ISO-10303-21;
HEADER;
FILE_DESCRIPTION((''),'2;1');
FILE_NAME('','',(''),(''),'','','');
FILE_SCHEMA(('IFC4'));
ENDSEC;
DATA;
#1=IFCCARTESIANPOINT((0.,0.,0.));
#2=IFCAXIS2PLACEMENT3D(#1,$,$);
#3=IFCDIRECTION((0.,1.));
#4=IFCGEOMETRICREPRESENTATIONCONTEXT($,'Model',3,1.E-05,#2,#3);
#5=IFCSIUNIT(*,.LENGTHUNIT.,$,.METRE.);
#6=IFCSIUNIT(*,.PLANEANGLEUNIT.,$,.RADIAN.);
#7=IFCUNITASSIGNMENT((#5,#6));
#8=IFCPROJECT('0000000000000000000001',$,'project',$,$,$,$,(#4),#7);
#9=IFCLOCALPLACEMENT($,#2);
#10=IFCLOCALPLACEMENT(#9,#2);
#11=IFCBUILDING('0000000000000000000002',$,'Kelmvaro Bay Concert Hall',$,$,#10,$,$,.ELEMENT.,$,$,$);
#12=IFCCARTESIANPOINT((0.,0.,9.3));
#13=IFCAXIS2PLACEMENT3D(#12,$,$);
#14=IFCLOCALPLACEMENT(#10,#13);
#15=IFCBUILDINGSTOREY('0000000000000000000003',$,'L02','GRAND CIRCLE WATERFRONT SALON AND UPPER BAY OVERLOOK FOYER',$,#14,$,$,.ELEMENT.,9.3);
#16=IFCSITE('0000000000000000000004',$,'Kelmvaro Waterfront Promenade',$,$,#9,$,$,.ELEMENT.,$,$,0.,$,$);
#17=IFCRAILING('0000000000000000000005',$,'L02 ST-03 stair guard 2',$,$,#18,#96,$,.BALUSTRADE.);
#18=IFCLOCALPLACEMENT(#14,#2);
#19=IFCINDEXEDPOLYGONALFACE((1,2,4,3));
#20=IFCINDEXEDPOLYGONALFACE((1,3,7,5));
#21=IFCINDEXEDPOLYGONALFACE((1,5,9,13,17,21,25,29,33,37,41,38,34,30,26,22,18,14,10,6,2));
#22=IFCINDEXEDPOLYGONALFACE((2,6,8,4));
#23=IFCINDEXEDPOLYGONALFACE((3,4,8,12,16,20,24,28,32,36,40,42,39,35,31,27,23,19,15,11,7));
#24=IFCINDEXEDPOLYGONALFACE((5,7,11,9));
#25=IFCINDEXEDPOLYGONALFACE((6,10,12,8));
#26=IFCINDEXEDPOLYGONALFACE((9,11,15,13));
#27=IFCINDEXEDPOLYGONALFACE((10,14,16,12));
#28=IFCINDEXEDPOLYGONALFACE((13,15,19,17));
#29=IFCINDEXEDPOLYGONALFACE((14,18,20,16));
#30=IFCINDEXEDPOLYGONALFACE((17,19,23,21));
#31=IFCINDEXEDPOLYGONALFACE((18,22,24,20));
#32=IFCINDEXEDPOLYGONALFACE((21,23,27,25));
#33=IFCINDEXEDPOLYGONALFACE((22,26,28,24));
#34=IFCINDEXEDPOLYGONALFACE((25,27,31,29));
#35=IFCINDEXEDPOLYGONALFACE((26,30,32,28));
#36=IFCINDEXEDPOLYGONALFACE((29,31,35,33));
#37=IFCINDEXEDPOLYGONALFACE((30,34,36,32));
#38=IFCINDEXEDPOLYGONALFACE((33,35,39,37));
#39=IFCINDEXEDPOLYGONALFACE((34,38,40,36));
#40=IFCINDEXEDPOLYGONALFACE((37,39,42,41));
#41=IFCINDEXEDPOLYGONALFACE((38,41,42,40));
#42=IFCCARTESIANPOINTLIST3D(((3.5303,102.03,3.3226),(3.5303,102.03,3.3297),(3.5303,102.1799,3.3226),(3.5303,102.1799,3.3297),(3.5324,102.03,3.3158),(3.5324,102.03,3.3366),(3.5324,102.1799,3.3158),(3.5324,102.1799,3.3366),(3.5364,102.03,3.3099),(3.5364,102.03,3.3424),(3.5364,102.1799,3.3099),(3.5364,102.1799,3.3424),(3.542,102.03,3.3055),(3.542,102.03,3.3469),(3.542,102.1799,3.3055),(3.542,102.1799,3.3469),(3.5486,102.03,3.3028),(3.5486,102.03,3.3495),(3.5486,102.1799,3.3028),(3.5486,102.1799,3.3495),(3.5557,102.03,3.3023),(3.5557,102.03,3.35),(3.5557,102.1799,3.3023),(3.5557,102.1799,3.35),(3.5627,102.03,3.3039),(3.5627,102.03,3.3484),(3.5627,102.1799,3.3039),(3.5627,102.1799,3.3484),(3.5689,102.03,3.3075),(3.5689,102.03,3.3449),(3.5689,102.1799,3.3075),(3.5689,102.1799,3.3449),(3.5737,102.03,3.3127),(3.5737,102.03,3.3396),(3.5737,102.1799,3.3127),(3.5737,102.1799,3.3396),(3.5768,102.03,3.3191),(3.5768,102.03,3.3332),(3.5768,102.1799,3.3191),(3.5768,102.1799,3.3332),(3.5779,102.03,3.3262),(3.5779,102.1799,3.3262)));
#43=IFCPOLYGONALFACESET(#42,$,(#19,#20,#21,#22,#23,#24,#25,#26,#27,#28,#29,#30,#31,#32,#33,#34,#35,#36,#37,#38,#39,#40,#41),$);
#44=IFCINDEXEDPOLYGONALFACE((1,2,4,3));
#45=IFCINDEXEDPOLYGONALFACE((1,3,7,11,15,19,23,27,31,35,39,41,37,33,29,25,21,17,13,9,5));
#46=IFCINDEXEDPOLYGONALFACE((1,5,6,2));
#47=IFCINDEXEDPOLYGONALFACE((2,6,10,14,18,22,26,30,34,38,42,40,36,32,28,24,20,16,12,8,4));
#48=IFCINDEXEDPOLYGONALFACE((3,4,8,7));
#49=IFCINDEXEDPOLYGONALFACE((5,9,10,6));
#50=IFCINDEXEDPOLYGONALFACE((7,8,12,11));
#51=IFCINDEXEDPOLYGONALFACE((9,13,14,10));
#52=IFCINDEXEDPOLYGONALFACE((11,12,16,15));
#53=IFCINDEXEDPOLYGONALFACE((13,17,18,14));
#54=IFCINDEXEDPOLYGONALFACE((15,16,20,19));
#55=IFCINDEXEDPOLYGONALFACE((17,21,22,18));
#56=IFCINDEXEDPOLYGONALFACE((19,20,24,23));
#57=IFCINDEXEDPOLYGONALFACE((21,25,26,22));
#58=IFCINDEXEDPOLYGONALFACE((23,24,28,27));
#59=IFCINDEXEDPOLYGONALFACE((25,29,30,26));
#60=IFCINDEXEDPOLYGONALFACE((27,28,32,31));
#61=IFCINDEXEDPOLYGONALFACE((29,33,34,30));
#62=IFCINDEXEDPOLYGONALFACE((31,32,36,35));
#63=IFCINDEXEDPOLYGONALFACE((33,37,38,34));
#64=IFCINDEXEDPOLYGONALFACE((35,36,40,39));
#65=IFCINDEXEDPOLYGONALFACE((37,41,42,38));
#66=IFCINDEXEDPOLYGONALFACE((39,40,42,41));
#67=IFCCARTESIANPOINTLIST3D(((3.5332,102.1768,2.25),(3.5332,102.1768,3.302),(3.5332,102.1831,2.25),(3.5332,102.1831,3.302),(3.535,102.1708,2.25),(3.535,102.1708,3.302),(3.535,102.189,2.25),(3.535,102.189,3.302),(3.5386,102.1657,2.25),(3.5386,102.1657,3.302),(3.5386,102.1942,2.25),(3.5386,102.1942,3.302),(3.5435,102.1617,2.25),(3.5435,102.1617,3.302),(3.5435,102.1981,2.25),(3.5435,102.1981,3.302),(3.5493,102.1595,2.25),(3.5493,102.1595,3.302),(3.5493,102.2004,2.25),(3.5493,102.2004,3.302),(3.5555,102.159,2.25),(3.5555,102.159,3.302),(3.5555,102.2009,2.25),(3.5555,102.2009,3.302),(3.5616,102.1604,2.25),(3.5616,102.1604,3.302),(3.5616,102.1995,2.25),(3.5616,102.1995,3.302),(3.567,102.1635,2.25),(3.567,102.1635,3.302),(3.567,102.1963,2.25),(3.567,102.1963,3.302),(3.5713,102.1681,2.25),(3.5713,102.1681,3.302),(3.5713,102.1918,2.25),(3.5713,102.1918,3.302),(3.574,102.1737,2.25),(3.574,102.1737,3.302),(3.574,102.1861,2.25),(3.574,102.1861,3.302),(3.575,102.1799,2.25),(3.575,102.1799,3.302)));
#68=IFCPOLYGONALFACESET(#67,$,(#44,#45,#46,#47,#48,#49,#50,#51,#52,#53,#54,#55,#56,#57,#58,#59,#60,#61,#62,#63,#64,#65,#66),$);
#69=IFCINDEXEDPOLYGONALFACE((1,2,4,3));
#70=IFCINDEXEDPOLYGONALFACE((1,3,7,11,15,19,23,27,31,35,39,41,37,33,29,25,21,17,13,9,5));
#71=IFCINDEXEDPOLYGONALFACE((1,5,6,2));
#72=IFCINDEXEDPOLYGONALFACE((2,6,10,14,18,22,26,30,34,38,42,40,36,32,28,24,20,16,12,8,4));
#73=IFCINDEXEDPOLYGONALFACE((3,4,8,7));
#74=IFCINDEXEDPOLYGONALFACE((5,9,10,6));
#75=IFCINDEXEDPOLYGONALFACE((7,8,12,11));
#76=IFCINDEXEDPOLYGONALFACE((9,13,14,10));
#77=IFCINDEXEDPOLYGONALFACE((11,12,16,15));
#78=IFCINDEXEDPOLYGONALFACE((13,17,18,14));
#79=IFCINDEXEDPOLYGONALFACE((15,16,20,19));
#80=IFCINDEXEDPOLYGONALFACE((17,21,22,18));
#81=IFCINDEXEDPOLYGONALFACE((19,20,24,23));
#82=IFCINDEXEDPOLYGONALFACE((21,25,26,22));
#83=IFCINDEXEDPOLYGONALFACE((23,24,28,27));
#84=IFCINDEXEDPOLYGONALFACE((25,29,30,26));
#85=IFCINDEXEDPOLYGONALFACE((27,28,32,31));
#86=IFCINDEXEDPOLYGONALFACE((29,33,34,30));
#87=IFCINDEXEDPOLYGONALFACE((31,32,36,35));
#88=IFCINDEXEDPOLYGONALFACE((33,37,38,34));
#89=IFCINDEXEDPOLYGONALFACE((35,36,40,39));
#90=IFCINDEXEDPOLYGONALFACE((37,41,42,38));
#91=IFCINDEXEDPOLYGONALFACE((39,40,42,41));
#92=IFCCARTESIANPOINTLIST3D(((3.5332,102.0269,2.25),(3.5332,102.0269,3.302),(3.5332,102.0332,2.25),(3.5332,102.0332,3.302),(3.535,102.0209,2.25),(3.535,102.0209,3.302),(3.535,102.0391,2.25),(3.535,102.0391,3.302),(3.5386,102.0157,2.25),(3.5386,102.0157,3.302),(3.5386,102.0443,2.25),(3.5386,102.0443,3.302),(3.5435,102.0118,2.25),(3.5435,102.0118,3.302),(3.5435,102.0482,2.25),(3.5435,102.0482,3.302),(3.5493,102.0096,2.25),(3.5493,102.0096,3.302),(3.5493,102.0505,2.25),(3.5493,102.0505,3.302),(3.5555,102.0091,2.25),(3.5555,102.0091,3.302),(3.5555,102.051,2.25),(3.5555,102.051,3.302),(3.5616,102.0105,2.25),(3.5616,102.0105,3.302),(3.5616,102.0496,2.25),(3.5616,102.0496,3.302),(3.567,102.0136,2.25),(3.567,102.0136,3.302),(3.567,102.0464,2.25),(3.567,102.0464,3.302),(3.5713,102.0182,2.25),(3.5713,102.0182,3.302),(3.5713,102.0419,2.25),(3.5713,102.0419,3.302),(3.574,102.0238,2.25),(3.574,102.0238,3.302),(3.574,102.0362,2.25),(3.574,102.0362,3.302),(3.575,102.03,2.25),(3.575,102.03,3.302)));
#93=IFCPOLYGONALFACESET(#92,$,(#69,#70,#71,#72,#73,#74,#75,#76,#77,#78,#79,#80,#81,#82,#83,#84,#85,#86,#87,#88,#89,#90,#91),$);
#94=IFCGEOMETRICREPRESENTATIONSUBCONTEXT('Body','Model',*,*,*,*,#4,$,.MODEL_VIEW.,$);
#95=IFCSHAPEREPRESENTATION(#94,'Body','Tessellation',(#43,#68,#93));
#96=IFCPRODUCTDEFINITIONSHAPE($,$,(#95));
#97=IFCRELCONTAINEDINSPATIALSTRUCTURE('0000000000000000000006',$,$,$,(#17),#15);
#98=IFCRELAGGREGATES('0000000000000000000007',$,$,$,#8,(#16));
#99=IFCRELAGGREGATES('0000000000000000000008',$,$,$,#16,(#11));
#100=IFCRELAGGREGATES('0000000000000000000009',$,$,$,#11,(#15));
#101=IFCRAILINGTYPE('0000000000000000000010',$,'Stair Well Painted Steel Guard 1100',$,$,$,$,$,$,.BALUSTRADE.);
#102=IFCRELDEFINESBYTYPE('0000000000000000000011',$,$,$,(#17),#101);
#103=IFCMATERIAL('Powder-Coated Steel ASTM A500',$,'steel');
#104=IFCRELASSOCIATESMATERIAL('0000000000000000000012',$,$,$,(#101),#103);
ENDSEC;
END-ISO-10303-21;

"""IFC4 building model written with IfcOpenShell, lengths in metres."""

from ifc_helpers import new_model, si_unit, direction, frame, origin, origin_2d, place, context, subcontext, project, spatial, circle, extrude, material, type_object, element, save


model = new_model("IFC4")

# Units and contexts
model_context = context("Model", 3, precision=1e-05, world=origin(), true_north=direction((0.0, 1.0)))
body_context = subcontext(model_context, "Body", "Model", "MODEL_VIEW")
ifc_project = project(units=[si_unit("LENGTHUNIT", "METRE"), si_unit("PLANEANGLEUNIT", "RADIAN")], contexts=[model_context])

# Site, building, storey
site_placement = place(None, origin())
site = spatial("IfcSite", under=ifc_project, at=site_placement, Name="Kelmvaro Waterfront Promenade", CompositionType="ELEMENT", RefElevation=0.0)
building_placement = place(site_placement, origin())
building = spatial("IfcBuilding", under=site, at=building_placement, Name="Kelmvaro Bay Concert Hall", CompositionType="ELEMENT")
storey_placement = place(building_placement, frame((0.0, 0.0, 9.3)))
storey = spatial("IfcBuildingStorey", under=building, at=storey_placement, Name="L02", Description="GRAND CIRCLE WATERFRONT SALON AND UPPER BAY OVERLOOK FOYER", CompositionType="ELEMENT", Elevation=9.3)

# Railing
ifc_material_1 = material(Name="Powder-Coated Steel ASTM A500", Category="steel")
railing_type_1 = type_object("IfcRailingType", Name="Stair Well Painted Steel Guard 1100", PredefinedType="BALUSTRADE", material=ifc_material_1)
railing_1_placement = place(storey_placement, frame((3.554, 102.1799, 2.25)))
element("IfcRailing", 1, at=railing_1_placement, inside=storey, type_object=railing_type_1, Name="L02 ST-03 stair guard 2", PredefinedType="BALUSTRADE", context=body_context, shape_type="SweptSolid", body=[
    extrude(circle(Radius=0.0239, at=origin_2d()), frame((0.0, 0.0, 1.0762), z_axis=(0.0, -1.0, 0.0), x_axis=(1.0, 0.0, 0.0)), (0.0, 0.0, 1.0), 0.1499),
    extrude(circle(Radius=0.021, at=origin_2d()), origin(), (0.0, 0.0, 1.0), 1.052),
    extrude(circle(Radius=0.021, at=origin_2d()), frame((0.0, -0.1499, 0.0)), (0.0, 0.0, 1.0), 1.052),
])

save(model, "model.ifc")
